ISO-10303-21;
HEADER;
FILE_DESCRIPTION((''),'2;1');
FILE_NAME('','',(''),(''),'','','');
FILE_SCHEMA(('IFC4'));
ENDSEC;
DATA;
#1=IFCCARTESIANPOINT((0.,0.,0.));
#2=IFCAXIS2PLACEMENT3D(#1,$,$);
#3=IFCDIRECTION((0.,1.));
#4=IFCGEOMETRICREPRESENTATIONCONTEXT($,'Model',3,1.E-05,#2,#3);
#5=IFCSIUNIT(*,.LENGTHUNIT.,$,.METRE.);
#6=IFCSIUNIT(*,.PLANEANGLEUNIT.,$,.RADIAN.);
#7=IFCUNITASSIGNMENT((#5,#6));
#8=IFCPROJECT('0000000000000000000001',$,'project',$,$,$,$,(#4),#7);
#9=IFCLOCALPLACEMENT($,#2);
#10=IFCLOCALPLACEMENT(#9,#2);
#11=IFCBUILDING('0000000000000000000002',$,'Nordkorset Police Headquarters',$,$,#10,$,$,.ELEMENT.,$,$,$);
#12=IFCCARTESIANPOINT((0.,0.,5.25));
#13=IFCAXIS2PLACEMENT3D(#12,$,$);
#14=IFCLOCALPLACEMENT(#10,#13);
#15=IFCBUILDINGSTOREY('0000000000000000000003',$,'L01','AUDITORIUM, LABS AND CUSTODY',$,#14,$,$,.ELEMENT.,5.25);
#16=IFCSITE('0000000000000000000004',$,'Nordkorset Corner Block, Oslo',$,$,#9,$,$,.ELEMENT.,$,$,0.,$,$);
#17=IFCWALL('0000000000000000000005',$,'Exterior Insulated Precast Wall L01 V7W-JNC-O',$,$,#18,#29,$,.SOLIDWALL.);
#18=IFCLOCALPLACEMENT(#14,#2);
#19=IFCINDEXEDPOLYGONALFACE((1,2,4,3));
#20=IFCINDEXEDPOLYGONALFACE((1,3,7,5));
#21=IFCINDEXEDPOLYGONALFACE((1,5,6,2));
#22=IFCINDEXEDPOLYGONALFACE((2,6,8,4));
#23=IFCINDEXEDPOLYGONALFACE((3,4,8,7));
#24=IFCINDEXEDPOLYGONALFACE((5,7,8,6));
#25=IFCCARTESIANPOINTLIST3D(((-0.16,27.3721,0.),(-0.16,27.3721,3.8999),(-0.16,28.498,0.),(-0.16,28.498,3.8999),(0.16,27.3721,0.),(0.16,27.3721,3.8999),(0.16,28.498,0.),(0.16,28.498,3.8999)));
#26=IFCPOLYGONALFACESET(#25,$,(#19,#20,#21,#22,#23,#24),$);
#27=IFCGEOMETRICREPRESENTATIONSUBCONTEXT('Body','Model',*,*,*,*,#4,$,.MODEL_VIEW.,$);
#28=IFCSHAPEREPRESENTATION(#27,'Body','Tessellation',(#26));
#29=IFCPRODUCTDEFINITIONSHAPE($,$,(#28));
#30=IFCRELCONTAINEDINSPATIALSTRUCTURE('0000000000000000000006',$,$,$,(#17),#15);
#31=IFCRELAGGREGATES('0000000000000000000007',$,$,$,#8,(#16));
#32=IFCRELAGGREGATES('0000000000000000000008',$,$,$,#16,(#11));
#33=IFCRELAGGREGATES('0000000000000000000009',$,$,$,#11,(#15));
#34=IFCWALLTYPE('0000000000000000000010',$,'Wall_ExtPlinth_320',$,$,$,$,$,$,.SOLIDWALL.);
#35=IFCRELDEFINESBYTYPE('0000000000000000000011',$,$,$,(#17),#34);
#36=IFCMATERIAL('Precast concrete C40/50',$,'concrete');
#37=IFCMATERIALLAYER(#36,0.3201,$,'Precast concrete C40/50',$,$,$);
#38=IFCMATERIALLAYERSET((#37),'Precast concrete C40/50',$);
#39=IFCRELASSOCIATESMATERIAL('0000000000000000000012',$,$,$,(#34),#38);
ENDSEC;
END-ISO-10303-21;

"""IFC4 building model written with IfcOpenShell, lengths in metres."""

from ifc_helpers import new_model, si_unit, direction, frame, frame_2d, origin, place, context, subcontext, project, spatial, rectangle, extrude, material, layer, layer_set, type_object, element, save


model = new_model("IFC4")

# Units and contexts
model_context = context("Model", 3, precision=1e-05, world=origin(), true_north=direction((0.0, 1.0)))
body_context = subcontext(model_context, "Body", "Model", "MODEL_VIEW")
ifc_project = project(units=[si_unit("LENGTHUNIT", "METRE"), si_unit("PLANEANGLEUNIT", "RADIAN")], contexts=[model_context])

# Site, building, storey
site_placement = place(None, origin())
site = spatial("IfcSite", under=ifc_project, at=site_placement, Name="Nordkorset Corner Block, Oslo", CompositionType="ELEMENT", RefElevation=0.0)
building_placement = place(site_placement, origin())
building = spatial("IfcBuilding", under=site, at=building_placement, Name="Nordkorset Police Headquarters", CompositionType="ELEMENT")
storey_placement = place(building_placement, frame((0.0, 0.0, 5.25)))
storey = spatial("IfcBuildingStorey", under=building, at=storey_placement, Name="L01", Description="AUDITORIUM, LABS AND CUSTODY", CompositionType="ELEMENT", Elevation=5.25)

# Shared definitions
ifc_material_1 = material(Name="Precast concrete C40/50", Category="concrete")
ifc_layer_1 = layer(ifc_material_1, 0.3201, Name="Precast concrete C40/50")
ifc_layer_set_1 = layer_set([ifc_layer_1], Name="Precast concrete C40/50")
wall_type_1 = type_object("IfcWallType", Name="Wall_ExtPlinth_320", PredefinedType="SOLIDWALL", material=ifc_layer_set_1)

# Wall
wall_1_placement = place(storey_placement, frame((0.0, 27.3721, 0.0), z_axis=(0.0, 0.0, 1.0), x_axis=(0.0, 1.0, 0.0)))
element("IfcWall", 1, at=wall_1_placement, inside=storey, type_object=wall_type_1, Name="Exterior Insulated Precast Wall L01 V7W-JNC-O", PredefinedType="SOLIDWALL", context=body_context, shape_type="SweptSolid", body=[
    extrude(rectangle(XDim=1.126, YDim=0.3201, at=frame_2d((0.563, 0.0))), origin(), (0.0, 0.0, 1.0), 3.8999),
])

save(model, "model.ifc")
